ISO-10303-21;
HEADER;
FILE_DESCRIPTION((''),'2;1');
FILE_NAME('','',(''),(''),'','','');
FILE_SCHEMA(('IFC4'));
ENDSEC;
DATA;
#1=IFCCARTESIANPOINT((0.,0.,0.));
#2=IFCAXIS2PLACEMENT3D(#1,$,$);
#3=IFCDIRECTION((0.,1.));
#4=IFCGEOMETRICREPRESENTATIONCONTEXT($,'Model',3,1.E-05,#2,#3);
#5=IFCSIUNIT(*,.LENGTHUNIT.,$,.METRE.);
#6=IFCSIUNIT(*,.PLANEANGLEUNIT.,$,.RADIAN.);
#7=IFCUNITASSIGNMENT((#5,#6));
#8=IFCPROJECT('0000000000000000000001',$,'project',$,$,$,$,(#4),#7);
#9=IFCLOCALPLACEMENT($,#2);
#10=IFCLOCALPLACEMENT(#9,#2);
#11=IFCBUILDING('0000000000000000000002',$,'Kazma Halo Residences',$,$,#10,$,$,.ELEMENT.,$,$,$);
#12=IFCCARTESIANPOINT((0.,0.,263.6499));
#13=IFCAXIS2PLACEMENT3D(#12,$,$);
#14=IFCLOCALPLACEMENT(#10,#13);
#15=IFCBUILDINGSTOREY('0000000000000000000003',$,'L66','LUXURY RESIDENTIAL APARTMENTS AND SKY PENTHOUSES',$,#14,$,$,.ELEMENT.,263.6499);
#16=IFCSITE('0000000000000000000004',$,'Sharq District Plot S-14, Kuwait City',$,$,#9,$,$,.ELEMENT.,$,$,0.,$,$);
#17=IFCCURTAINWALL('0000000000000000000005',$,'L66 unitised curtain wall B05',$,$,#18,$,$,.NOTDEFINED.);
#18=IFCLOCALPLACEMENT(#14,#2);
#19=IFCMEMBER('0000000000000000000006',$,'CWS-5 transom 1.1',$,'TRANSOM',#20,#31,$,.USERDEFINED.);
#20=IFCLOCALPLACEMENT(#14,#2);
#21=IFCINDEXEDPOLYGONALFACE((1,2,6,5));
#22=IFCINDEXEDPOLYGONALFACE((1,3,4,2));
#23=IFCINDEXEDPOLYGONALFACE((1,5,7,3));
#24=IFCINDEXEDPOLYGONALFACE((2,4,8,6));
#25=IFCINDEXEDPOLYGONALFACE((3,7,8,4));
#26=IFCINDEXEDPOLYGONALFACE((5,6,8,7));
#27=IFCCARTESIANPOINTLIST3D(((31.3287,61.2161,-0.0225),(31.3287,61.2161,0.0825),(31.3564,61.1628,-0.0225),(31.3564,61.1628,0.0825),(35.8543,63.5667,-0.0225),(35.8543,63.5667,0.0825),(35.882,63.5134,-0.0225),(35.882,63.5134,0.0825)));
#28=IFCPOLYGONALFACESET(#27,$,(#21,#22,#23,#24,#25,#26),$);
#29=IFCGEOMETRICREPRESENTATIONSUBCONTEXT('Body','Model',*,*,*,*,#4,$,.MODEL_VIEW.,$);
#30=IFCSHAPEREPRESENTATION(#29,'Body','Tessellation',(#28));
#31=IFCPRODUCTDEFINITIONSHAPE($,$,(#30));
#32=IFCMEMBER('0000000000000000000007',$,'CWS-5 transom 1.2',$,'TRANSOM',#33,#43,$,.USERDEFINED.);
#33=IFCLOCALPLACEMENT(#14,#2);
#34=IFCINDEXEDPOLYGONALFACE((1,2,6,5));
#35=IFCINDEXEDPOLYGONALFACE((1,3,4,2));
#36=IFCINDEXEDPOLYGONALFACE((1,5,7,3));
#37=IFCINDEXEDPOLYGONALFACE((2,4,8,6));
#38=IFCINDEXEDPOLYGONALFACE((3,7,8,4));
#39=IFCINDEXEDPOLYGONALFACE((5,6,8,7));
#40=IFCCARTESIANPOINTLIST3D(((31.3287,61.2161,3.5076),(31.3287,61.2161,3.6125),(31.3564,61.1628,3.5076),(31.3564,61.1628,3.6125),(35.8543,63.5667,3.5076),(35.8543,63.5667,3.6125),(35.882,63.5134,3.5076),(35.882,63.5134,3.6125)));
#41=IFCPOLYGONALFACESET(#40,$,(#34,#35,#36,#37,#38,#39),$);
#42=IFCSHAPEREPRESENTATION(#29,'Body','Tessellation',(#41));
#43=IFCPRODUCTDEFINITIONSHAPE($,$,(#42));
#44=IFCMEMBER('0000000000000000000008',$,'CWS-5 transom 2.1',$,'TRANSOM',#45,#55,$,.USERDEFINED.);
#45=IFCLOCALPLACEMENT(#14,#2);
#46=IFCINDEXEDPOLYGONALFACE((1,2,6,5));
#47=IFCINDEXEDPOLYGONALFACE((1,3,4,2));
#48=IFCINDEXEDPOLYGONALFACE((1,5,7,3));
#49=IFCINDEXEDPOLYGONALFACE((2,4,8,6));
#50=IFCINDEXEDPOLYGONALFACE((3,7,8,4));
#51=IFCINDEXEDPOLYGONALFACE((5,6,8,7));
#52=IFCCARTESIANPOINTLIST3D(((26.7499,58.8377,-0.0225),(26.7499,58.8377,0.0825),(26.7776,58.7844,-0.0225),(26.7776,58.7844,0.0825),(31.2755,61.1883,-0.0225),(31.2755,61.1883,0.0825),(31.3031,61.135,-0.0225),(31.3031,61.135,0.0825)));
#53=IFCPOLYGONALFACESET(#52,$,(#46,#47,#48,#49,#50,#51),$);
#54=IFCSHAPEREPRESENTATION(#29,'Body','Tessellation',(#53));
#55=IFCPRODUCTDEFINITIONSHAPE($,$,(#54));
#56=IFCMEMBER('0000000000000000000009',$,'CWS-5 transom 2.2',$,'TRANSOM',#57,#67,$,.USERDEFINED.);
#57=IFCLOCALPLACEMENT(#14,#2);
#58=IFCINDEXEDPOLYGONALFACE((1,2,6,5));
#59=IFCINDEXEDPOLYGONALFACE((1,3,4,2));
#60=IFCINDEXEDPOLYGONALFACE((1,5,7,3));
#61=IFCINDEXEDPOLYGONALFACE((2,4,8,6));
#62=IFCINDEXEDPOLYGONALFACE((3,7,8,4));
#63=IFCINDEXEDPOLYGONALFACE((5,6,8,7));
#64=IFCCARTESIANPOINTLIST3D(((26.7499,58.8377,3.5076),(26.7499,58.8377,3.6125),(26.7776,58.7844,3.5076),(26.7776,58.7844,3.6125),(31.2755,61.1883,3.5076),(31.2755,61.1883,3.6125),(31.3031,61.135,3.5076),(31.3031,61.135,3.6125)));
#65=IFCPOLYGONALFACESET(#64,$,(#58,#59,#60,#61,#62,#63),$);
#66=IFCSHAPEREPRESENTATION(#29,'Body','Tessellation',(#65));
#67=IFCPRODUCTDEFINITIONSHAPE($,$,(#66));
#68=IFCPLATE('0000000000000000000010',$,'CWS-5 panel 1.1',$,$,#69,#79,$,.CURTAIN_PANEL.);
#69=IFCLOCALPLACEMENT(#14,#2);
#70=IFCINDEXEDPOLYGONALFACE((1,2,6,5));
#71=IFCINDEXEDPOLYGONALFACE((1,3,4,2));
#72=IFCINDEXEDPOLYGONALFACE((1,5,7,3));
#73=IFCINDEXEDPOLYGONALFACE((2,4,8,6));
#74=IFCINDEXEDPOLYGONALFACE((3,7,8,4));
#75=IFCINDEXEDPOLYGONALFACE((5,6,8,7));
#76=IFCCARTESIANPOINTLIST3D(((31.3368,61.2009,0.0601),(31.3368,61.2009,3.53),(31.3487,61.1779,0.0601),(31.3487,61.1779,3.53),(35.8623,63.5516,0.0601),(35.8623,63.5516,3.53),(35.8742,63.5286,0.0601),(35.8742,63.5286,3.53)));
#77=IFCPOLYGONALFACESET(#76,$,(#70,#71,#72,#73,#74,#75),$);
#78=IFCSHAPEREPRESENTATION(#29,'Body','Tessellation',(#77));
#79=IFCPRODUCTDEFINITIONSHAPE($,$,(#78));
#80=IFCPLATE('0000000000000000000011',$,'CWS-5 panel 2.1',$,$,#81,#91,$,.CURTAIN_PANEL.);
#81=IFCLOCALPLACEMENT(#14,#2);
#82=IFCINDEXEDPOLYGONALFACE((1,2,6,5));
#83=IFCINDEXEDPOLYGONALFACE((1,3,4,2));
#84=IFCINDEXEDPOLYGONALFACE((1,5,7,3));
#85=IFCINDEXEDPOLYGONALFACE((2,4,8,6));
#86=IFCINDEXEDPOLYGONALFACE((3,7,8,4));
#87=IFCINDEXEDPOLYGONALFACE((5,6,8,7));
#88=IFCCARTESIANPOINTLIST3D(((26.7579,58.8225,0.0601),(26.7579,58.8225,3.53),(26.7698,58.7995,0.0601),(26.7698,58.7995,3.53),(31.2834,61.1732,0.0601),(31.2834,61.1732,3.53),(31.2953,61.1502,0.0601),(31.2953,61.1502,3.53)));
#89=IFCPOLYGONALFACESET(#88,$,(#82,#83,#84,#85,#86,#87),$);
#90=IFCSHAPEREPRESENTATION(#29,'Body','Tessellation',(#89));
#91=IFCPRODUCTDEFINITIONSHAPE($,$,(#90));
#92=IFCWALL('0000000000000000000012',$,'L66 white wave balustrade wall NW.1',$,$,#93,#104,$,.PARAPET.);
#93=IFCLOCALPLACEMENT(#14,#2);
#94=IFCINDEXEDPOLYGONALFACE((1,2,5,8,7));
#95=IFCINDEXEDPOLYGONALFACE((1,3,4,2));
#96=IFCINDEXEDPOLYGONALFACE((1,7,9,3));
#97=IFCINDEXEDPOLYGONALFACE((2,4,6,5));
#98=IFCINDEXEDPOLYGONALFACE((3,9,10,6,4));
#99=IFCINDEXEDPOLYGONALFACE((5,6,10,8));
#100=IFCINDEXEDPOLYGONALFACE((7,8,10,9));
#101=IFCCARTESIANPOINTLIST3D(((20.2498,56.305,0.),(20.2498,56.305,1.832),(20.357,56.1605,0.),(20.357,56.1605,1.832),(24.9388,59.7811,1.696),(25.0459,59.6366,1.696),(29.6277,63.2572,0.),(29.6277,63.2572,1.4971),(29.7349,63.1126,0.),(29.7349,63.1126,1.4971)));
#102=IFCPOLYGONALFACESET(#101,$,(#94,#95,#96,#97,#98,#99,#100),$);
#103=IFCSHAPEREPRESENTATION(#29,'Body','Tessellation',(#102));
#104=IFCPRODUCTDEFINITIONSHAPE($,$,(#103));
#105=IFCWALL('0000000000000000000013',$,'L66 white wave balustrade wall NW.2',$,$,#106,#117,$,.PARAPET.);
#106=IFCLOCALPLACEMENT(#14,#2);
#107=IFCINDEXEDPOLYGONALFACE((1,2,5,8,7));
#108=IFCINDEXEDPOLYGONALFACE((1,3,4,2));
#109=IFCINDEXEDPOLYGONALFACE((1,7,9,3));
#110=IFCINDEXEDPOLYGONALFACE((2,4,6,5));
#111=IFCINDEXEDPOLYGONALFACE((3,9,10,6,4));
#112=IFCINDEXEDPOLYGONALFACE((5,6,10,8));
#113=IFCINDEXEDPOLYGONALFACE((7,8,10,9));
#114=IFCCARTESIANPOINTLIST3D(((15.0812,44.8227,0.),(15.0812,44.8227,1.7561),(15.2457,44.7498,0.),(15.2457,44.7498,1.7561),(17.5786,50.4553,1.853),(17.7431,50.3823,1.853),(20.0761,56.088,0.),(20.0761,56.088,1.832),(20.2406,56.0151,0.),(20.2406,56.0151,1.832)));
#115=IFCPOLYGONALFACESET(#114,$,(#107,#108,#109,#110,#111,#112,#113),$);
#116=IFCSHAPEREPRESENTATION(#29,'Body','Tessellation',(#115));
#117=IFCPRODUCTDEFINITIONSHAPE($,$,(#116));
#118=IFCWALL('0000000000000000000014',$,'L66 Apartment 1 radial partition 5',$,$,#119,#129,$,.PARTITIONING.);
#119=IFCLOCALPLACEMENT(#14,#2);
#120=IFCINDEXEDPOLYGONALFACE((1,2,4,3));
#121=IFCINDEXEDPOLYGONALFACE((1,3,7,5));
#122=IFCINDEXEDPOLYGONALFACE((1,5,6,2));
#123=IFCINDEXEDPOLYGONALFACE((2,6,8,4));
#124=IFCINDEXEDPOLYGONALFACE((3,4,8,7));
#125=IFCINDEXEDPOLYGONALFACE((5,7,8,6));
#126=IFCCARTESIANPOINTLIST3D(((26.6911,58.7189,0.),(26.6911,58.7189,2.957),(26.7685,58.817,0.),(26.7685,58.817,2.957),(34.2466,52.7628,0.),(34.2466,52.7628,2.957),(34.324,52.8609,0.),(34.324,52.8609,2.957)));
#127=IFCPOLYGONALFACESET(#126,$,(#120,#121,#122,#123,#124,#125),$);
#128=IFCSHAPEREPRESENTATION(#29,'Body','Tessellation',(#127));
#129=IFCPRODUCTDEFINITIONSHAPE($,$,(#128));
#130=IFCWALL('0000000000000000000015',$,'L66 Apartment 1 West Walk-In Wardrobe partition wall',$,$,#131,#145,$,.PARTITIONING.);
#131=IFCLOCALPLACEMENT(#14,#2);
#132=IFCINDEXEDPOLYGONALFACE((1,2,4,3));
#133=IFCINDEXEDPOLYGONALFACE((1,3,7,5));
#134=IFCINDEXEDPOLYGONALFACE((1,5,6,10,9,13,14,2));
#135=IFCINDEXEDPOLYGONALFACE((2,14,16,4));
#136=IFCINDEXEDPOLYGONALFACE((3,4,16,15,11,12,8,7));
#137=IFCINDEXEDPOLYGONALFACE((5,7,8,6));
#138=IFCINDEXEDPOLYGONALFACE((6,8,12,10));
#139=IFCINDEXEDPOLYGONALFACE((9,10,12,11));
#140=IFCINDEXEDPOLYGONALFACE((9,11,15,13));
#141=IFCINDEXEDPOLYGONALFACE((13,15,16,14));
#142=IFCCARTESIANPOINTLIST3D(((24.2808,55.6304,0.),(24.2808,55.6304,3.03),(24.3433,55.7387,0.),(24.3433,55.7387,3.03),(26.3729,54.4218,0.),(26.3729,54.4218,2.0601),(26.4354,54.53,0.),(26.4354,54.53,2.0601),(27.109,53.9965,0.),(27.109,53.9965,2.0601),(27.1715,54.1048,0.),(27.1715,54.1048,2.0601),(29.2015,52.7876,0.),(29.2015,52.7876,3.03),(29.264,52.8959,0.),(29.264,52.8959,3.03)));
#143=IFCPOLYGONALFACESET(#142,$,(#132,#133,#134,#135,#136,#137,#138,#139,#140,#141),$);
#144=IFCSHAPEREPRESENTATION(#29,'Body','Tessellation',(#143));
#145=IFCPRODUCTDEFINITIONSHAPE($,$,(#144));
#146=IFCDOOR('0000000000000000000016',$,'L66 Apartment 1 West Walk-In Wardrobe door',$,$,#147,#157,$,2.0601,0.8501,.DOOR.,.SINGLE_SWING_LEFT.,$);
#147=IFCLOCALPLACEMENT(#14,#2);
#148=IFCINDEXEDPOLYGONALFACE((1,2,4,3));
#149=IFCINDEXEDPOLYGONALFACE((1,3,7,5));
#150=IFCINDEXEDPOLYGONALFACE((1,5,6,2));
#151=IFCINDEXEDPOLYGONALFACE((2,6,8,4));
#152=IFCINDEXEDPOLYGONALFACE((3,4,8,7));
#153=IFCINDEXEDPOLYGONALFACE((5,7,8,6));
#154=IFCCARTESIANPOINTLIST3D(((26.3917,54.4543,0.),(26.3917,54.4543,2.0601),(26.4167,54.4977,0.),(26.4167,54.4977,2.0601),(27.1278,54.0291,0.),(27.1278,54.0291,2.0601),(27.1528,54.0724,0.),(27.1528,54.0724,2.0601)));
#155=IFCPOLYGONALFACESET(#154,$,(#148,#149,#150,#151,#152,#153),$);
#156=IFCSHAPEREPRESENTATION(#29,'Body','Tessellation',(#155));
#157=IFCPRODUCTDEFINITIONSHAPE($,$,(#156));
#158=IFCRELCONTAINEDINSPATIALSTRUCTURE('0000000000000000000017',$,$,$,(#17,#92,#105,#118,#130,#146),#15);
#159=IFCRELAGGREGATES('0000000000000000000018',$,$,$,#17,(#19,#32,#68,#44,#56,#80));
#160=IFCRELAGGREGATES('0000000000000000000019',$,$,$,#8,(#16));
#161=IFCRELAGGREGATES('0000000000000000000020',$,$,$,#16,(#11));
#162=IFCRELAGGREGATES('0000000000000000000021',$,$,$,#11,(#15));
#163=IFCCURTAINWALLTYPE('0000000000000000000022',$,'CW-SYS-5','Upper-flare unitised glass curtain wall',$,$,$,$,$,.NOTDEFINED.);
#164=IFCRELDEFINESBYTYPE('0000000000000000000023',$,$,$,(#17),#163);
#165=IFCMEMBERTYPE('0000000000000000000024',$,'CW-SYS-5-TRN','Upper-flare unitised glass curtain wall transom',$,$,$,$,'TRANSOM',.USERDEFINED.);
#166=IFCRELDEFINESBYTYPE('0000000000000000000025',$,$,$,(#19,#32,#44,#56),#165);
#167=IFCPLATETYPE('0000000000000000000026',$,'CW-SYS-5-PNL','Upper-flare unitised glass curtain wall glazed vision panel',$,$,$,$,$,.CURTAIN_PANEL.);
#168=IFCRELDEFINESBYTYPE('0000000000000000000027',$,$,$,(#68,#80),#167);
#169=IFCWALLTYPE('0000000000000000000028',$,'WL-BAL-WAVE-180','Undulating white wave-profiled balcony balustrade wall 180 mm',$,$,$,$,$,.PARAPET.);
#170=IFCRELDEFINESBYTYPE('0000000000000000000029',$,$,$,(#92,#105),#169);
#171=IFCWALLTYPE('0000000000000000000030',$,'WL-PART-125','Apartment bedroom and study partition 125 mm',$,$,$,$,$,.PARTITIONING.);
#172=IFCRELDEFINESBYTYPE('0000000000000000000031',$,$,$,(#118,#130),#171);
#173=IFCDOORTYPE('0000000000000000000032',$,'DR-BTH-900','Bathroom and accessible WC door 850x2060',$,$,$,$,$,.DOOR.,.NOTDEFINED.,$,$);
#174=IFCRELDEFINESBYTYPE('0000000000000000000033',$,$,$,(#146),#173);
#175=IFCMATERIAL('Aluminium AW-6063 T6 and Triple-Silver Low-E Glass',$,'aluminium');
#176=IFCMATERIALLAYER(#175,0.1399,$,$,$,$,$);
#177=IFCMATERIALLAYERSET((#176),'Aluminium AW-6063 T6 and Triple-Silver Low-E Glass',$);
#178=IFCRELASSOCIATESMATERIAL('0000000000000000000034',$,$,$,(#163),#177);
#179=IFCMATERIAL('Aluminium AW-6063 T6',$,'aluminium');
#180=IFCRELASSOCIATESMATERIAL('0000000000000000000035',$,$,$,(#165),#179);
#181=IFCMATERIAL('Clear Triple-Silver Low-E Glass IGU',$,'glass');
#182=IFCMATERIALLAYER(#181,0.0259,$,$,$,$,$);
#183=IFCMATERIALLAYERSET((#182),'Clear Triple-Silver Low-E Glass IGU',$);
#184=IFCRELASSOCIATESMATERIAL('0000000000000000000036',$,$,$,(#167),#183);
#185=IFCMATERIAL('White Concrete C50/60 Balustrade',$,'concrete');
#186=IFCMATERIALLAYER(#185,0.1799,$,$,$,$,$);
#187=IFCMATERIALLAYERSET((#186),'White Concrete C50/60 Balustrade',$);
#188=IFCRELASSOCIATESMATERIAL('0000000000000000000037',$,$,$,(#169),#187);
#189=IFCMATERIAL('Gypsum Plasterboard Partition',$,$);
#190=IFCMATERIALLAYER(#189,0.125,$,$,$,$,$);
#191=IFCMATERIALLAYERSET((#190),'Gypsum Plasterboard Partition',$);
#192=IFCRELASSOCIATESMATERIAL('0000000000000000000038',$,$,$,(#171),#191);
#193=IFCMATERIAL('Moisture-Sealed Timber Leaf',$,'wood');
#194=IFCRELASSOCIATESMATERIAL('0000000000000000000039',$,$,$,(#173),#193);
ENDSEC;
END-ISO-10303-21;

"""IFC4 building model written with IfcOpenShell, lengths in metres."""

from ifc_helpers import new_model, si_unit, direction, frame, frame_2d, origin, origin_2d, place, context, subcontext, project, spatial, polyline, rectangle, outline, extrude, material, layer, layer_set, material_profile, profile_set, type_object, element, fill, aggregate, save


model = new_model("IFC4")

# Units and contexts
model_context = context("Model", 3, precision=1e-05, world=origin(), true_north=direction((0.0, 1.0)))
body_context = subcontext(model_context, "Body", "Model", "MODEL_VIEW")
ifc_project = project(units=[si_unit("LENGTHUNIT", "METRE"), si_unit("PLANEANGLEUNIT", "RADIAN")], contexts=[model_context])

# Site, building, storey
site_placement = place(None, origin())
site = spatial("IfcSite", under=ifc_project, at=site_placement, Name="Sharq District Plot S-14, Kuwait City", CompositionType="ELEMENT", RefElevation=0.0)
building_placement = place(site_placement, origin())
building = spatial("IfcBuilding", under=site, at=building_placement, Name="Kazma Halo Residences", CompositionType="ELEMENT")
storey_placement = place(building_placement, frame((0.0, 0.0, 263.6499)))
storey = spatial("IfcBuildingStorey", under=building, at=storey_placement, Name="L66", Description="LUXURY RESIDENTIAL APARTMENTS AND SKY PENTHOUSES", CompositionType="ELEMENT", Elevation=263.6499)

# Curtain wall, members, plates
ifc_material_1 = material(Name="Aluminium AW-6063 T6 and Triple-Silver Low-E Glass", Category="aluminium")
ifc_layer_1 = layer(ifc_material_1, 0.1399)
ifc_layer_set_1 = layer_set([ifc_layer_1], Name="Aluminium AW-6063 T6 and Triple-Silver Low-E Glass")
curtain_wall_type = type_object("IfcCurtainWallType", Name="CW-SYS-5", Description="Upper-flare unitised glass curtain wall", PredefinedType="NOTDEFINED", material=ifc_layer_set_1)
curtain_wall_placement = place(storey_placement, origin())
curtain_wall = element("IfcCurtainWall", 1, at=curtain_wall_placement, inside=storey, type_object=curtain_wall_type, Name="L66 unitised curtain wall B05", PredefinedType="NOTDEFINED")
ifc_material_2 = material(Name="Aluminium AW-6063 T6", Category="aluminium")
ifc_material_profile_1 = material_profile(ifc_material_2, rectangle(XDim=0.0601, YDim=0.105, at=origin_2d()), Name="CWT-60x105")
ifc_profile_set_1 = profile_set([ifc_material_profile_1], Name="Aluminium AW-6063 T6")
member_type_1 = type_object("IfcMemberType", Name="CW-SYS-5-TRN", Description="Upper-flare unitised glass curtain wall transom", ElementType="TRANSOM", PredefinedType="USERDEFINED", material=ifc_profile_set_1)
member_1_placement = place(storey_placement, frame((35.8682, 63.54, 0.03), z_axis=(-0.887437, -0.460929, 0.0), x_axis=(0.460929, -0.887437, 0.0)))
member_1 = element("IfcMember", 2, at=member_1_placement, type_object=member_type_1, Name="CWS-5 transom 1.1", ObjectType="TRANSOM", PredefinedType="USERDEFINED", context=body_context, shape_type="SweptSolid", body=[
    extrude(rectangle(XDim=0.0601, YDim=0.105, at=origin_2d()), origin(), (0.0, 0.0, 1.0), 5.0996),
])
member_2_placement = place(storey_placement, frame((35.8682, 63.54, 3.5601), z_axis=(-0.887437, -0.460929, 0.0), x_axis=(0.460929, -0.887437, 0.0)))
member_2 = element("IfcMember", 3, at=member_2_placement, type_object=member_type_1, Name="CWS-5 transom 1.2", ObjectType="TRANSOM", PredefinedType="USERDEFINED", context=body_context, shape_type="SweptSolid", body=[
    extrude(rectangle(XDim=0.0601, YDim=0.105, at=origin_2d()), origin(), (0.0, 0.0, 1.0), 5.0996),
])
member_3_placement = place(storey_placement, frame((31.2893, 61.1616, 0.03), z_axis=(-0.887437, -0.460929, 0.0), x_axis=(0.460929, -0.887437, 0.0)))
member_3 = element("IfcMember", 4, at=member_3_placement, type_object=member_type_1, Name="CWS-5 transom 2.1", ObjectType="TRANSOM", PredefinedType="USERDEFINED", context=body_context, shape_type="SweptSolid", body=[
    extrude(rectangle(XDim=0.0601, YDim=0.105, at=origin_2d()), origin(), (0.0, 0.0, 1.0), 5.0996),
])
member_4_placement = place(storey_placement, frame((31.2893, 61.1616, 3.5601), z_axis=(-0.887437, -0.460929, 0.0), x_axis=(0.460929, -0.887437, 0.0)))
member_4 = element("IfcMember", 5, at=member_4_placement, type_object=member_type_1, Name="CWS-5 transom 2.2", ObjectType="TRANSOM", PredefinedType="USERDEFINED", context=body_context, shape_type="SweptSolid", body=[
    extrude(rectangle(XDim=0.0601, YDim=0.105, at=origin_2d()), origin(), (0.0, 0.0, 1.0), 5.0996),
])
ifc_material_3 = material(Name="Clear Triple-Silver Low-E Glass IGU", Category="glass")
ifc_layer_2 = layer(ifc_material_3, 0.0259)
ifc_layer_set_2 = layer_set([ifc_layer_2], Name="Clear Triple-Silver Low-E Glass IGU")
plate_type = type_object("IfcPlateType", Name="CW-SYS-5-PNL", Description="Upper-flare unitised glass curtain wall glazed vision panel", PredefinedType="CURTAIN_PANEL", material=ifc_layer_set_2)
plate_1_placement = place(storey_placement, frame((33.6055, 62.3647, 0.0601), z_axis=(0.0, 0.0, 1.0), x_axis=(-0.887421, -0.460961, 0.0)))
plate_1 = element("IfcPlate", 6, at=plate_1_placement, type_object=plate_type, Name="CWS-5 panel 1.1", PredefinedType="CURTAIN_PANEL", context=body_context, shape_type="SweptSolid", body=[
    extrude(rectangle(XDim=5.0996, YDim=0.0259, at=origin_2d()), origin(), (0.0, 0.0, 1.0), 3.47),
])
plate_2_placement = place(storey_placement, frame((29.0266, 59.9863, 0.0601), z_axis=(0.0, 0.0, 1.0), x_axis=(-0.887421, -0.460961, 0.0)))
plate_2 = element("IfcPlate", 7, at=plate_2_placement, type_object=plate_type, Name="CWS-5 panel 2.1", PredefinedType="CURTAIN_PANEL", context=body_context, shape_type="SweptSolid", body=[
    extrude(rectangle(XDim=5.0996, YDim=0.0259, at=origin_2d()), origin(), (0.0, 0.0, 1.0), 3.47),
])
aggregate(curtain_wall, [member_1, member_2, plate_1, member_3, member_4, plate_2])

# Walls
ifc_material_4 = material(Name="White Concrete C50/60 Balustrade", Category="concrete")
ifc_layer_3 = layer(ifc_material_4, 0.1799)
ifc_layer_set_3 = layer_set([ifc_layer_3], Name="White Concrete C50/60 Balustrade")
wall_type_1 = type_object("IfcWallType", Name="WL-BAL-WAVE-180", Description="Undulating white wave-profiled balcony balustrade wall 180 mm", PredefinedType="PARAPET", material=ifc_layer_set_3)
wall_1_placement = place(storey_placement, frame((29.6814, 63.1848, 0.0), z_axis=(0.0, 0.0, 1.0), x_axis=(-0.80333, -0.595534, 0.0)))
element("IfcWall", 8, at=wall_1_placement, inside=storey, type_object=wall_type_1, Name="L66 white wave balustrade wall NW.1", PredefinedType="PARAPET", context=body_context, shape_type="SweptSolid", body=[
    extrude(outline(polyline([(0.0, 0.0), (11.6738, 0.0), (11.6738, 1.832), (5.8369, 1.696), (0.0, 1.4971), (0.0, 0.0)])), frame((0.0, 0.0898, 0.0), z_axis=(0.0, -1.0, 0.0), x_axis=(1.0, 0.0, 0.0)), (0.0, 0.0, 1.0), 0.1799),
])
wall_2_placement = place(storey_placement, frame((20.1584, 56.0515, 0.0), z_axis=(0.0, 0.0, 1.0), x_axis=(-0.405328, -0.914171, 0.0)))
element("IfcWall", 9, at=wall_2_placement, inside=storey, type_object=wall_type_1, Name="L66 white wave balustrade wall NW.2", PredefinedType="PARAPET", context=body_context, shape_type="SweptSolid", body=[
    extrude(outline(polyline([(0.0, 0.0), (12.323, 0.0), (12.323, 1.7561), (6.1616, 1.853), (0.0, 1.832), (0.0, 0.0)])), frame((0.0, 0.0898, 0.0), z_axis=(0.0, -1.0, 0.0), x_axis=(1.0, 0.0, 0.0)), (0.0, 0.0, 1.0), 0.1799),
])

# Wall
ifc_material_5 = material(Name="Gypsum Plasterboard Partition")
ifc_layer_4 = layer(ifc_material_5, 0.125)
ifc_layer_set_4 = layer_set([ifc_layer_4], Name="Gypsum Plasterboard Partition")
wall_type_2 = type_object("IfcWallType", Name="WL-PART-125", Description="Apartment bedroom and study partition 125 mm", PredefinedType="PARTITIONING", material=ifc_layer_set_4)
wall_3_placement = place(storey_placement, frame((34.2854, 52.8118, 0.0), z_axis=(0.0, 0.0, 1.0), x_axis=(-0.785325, 0.619084, 0.0)))
element("IfcWall", 10, at=wall_3_placement, inside=storey, type_object=wall_type_2, Name="L66 Apartment 1 radial partition 5", PredefinedType="PARTITIONING", context=body_context, shape_type="SweptSolid", body=[
    extrude(rectangle(XDim=9.6208, YDim=0.125, at=frame_2d((4.8105, 0.0))), origin(), (0.0, 0.0, 1.0), 2.957),
])

# Wall, opening, door
wall_4_placement = place(storey_placement, frame((29.2327, 52.8418, 0.0), z_axis=(0.0, 0.0, 1.0), x_axis=(-0.865886, 0.500242, 0.0)))
wall_4 = element("IfcWall", 11, at=wall_4_placement, inside=storey, type_object=wall_type_2, Name="L66 Apartment 1 West Walk-In Wardrobe partition wall", PredefinedType="PARTITIONING", context=body_context, shape_type="SweptSolid", body=[
    extrude(rectangle(XDim=5.6829, YDim=0.125, at=frame_2d((2.8413, 0.0))), origin(), (0.0, 0.0, 1.0), 3.03),
])
opening_1_placement = place(wall_4_placement, frame((2.4165, 0.0, 0.0)))
opening_1 = element("IfcOpeningElement", 12, at=opening_1_placement, cuts=wall_4, PredefinedType="OPENING", context=body_context, shape_type="SweptSolid", body=[
    extrude(rectangle(XDim=0.8501, YDim=2.0601, at=frame_2d((0.425, 1.03))), frame((0.0, 0.0725, 0.0), z_axis=(0.0, -1.0, 0.0), x_axis=(1.0, 0.0, 0.0)), (0.0, 0.0, 1.0), 0.145),
])
ifc_material_6 = material(Name="Moisture-Sealed Timber Leaf", Category="wood")
door_type_1 = type_object("IfcDoorType", Name="DR-BTH-900", Description="Bathroom and accessible WC door 850x2060", OperationType="NOTDEFINED", PredefinedType="DOOR", material=ifc_material_6)
door_1_placement = place(opening_1_placement, origin())
door_1 = element("IfcDoor", 13, at=door_1_placement, inside=storey, type_object=door_type_1, Name="L66 Apartment 1 West Walk-In Wardrobe door", OperationType="SINGLE_SWING_LEFT", OverallHeight=2.0601, OverallWidth=0.8501, PredefinedType="DOOR", context=body_context, shape_type="SweptSolid", body=[
    extrude(rectangle(XDim=0.8501, YDim=2.0601, at=frame_2d((0.425, 1.03))), frame((0.0, 0.0249, 0.0), z_axis=(0.0, -1.0, 0.0), x_axis=(1.0, 0.0, 0.0)), (0.0, 0.0, 1.0), 0.05),
])
fill(opening_1, door_1)

save(model, "model.ifc")
